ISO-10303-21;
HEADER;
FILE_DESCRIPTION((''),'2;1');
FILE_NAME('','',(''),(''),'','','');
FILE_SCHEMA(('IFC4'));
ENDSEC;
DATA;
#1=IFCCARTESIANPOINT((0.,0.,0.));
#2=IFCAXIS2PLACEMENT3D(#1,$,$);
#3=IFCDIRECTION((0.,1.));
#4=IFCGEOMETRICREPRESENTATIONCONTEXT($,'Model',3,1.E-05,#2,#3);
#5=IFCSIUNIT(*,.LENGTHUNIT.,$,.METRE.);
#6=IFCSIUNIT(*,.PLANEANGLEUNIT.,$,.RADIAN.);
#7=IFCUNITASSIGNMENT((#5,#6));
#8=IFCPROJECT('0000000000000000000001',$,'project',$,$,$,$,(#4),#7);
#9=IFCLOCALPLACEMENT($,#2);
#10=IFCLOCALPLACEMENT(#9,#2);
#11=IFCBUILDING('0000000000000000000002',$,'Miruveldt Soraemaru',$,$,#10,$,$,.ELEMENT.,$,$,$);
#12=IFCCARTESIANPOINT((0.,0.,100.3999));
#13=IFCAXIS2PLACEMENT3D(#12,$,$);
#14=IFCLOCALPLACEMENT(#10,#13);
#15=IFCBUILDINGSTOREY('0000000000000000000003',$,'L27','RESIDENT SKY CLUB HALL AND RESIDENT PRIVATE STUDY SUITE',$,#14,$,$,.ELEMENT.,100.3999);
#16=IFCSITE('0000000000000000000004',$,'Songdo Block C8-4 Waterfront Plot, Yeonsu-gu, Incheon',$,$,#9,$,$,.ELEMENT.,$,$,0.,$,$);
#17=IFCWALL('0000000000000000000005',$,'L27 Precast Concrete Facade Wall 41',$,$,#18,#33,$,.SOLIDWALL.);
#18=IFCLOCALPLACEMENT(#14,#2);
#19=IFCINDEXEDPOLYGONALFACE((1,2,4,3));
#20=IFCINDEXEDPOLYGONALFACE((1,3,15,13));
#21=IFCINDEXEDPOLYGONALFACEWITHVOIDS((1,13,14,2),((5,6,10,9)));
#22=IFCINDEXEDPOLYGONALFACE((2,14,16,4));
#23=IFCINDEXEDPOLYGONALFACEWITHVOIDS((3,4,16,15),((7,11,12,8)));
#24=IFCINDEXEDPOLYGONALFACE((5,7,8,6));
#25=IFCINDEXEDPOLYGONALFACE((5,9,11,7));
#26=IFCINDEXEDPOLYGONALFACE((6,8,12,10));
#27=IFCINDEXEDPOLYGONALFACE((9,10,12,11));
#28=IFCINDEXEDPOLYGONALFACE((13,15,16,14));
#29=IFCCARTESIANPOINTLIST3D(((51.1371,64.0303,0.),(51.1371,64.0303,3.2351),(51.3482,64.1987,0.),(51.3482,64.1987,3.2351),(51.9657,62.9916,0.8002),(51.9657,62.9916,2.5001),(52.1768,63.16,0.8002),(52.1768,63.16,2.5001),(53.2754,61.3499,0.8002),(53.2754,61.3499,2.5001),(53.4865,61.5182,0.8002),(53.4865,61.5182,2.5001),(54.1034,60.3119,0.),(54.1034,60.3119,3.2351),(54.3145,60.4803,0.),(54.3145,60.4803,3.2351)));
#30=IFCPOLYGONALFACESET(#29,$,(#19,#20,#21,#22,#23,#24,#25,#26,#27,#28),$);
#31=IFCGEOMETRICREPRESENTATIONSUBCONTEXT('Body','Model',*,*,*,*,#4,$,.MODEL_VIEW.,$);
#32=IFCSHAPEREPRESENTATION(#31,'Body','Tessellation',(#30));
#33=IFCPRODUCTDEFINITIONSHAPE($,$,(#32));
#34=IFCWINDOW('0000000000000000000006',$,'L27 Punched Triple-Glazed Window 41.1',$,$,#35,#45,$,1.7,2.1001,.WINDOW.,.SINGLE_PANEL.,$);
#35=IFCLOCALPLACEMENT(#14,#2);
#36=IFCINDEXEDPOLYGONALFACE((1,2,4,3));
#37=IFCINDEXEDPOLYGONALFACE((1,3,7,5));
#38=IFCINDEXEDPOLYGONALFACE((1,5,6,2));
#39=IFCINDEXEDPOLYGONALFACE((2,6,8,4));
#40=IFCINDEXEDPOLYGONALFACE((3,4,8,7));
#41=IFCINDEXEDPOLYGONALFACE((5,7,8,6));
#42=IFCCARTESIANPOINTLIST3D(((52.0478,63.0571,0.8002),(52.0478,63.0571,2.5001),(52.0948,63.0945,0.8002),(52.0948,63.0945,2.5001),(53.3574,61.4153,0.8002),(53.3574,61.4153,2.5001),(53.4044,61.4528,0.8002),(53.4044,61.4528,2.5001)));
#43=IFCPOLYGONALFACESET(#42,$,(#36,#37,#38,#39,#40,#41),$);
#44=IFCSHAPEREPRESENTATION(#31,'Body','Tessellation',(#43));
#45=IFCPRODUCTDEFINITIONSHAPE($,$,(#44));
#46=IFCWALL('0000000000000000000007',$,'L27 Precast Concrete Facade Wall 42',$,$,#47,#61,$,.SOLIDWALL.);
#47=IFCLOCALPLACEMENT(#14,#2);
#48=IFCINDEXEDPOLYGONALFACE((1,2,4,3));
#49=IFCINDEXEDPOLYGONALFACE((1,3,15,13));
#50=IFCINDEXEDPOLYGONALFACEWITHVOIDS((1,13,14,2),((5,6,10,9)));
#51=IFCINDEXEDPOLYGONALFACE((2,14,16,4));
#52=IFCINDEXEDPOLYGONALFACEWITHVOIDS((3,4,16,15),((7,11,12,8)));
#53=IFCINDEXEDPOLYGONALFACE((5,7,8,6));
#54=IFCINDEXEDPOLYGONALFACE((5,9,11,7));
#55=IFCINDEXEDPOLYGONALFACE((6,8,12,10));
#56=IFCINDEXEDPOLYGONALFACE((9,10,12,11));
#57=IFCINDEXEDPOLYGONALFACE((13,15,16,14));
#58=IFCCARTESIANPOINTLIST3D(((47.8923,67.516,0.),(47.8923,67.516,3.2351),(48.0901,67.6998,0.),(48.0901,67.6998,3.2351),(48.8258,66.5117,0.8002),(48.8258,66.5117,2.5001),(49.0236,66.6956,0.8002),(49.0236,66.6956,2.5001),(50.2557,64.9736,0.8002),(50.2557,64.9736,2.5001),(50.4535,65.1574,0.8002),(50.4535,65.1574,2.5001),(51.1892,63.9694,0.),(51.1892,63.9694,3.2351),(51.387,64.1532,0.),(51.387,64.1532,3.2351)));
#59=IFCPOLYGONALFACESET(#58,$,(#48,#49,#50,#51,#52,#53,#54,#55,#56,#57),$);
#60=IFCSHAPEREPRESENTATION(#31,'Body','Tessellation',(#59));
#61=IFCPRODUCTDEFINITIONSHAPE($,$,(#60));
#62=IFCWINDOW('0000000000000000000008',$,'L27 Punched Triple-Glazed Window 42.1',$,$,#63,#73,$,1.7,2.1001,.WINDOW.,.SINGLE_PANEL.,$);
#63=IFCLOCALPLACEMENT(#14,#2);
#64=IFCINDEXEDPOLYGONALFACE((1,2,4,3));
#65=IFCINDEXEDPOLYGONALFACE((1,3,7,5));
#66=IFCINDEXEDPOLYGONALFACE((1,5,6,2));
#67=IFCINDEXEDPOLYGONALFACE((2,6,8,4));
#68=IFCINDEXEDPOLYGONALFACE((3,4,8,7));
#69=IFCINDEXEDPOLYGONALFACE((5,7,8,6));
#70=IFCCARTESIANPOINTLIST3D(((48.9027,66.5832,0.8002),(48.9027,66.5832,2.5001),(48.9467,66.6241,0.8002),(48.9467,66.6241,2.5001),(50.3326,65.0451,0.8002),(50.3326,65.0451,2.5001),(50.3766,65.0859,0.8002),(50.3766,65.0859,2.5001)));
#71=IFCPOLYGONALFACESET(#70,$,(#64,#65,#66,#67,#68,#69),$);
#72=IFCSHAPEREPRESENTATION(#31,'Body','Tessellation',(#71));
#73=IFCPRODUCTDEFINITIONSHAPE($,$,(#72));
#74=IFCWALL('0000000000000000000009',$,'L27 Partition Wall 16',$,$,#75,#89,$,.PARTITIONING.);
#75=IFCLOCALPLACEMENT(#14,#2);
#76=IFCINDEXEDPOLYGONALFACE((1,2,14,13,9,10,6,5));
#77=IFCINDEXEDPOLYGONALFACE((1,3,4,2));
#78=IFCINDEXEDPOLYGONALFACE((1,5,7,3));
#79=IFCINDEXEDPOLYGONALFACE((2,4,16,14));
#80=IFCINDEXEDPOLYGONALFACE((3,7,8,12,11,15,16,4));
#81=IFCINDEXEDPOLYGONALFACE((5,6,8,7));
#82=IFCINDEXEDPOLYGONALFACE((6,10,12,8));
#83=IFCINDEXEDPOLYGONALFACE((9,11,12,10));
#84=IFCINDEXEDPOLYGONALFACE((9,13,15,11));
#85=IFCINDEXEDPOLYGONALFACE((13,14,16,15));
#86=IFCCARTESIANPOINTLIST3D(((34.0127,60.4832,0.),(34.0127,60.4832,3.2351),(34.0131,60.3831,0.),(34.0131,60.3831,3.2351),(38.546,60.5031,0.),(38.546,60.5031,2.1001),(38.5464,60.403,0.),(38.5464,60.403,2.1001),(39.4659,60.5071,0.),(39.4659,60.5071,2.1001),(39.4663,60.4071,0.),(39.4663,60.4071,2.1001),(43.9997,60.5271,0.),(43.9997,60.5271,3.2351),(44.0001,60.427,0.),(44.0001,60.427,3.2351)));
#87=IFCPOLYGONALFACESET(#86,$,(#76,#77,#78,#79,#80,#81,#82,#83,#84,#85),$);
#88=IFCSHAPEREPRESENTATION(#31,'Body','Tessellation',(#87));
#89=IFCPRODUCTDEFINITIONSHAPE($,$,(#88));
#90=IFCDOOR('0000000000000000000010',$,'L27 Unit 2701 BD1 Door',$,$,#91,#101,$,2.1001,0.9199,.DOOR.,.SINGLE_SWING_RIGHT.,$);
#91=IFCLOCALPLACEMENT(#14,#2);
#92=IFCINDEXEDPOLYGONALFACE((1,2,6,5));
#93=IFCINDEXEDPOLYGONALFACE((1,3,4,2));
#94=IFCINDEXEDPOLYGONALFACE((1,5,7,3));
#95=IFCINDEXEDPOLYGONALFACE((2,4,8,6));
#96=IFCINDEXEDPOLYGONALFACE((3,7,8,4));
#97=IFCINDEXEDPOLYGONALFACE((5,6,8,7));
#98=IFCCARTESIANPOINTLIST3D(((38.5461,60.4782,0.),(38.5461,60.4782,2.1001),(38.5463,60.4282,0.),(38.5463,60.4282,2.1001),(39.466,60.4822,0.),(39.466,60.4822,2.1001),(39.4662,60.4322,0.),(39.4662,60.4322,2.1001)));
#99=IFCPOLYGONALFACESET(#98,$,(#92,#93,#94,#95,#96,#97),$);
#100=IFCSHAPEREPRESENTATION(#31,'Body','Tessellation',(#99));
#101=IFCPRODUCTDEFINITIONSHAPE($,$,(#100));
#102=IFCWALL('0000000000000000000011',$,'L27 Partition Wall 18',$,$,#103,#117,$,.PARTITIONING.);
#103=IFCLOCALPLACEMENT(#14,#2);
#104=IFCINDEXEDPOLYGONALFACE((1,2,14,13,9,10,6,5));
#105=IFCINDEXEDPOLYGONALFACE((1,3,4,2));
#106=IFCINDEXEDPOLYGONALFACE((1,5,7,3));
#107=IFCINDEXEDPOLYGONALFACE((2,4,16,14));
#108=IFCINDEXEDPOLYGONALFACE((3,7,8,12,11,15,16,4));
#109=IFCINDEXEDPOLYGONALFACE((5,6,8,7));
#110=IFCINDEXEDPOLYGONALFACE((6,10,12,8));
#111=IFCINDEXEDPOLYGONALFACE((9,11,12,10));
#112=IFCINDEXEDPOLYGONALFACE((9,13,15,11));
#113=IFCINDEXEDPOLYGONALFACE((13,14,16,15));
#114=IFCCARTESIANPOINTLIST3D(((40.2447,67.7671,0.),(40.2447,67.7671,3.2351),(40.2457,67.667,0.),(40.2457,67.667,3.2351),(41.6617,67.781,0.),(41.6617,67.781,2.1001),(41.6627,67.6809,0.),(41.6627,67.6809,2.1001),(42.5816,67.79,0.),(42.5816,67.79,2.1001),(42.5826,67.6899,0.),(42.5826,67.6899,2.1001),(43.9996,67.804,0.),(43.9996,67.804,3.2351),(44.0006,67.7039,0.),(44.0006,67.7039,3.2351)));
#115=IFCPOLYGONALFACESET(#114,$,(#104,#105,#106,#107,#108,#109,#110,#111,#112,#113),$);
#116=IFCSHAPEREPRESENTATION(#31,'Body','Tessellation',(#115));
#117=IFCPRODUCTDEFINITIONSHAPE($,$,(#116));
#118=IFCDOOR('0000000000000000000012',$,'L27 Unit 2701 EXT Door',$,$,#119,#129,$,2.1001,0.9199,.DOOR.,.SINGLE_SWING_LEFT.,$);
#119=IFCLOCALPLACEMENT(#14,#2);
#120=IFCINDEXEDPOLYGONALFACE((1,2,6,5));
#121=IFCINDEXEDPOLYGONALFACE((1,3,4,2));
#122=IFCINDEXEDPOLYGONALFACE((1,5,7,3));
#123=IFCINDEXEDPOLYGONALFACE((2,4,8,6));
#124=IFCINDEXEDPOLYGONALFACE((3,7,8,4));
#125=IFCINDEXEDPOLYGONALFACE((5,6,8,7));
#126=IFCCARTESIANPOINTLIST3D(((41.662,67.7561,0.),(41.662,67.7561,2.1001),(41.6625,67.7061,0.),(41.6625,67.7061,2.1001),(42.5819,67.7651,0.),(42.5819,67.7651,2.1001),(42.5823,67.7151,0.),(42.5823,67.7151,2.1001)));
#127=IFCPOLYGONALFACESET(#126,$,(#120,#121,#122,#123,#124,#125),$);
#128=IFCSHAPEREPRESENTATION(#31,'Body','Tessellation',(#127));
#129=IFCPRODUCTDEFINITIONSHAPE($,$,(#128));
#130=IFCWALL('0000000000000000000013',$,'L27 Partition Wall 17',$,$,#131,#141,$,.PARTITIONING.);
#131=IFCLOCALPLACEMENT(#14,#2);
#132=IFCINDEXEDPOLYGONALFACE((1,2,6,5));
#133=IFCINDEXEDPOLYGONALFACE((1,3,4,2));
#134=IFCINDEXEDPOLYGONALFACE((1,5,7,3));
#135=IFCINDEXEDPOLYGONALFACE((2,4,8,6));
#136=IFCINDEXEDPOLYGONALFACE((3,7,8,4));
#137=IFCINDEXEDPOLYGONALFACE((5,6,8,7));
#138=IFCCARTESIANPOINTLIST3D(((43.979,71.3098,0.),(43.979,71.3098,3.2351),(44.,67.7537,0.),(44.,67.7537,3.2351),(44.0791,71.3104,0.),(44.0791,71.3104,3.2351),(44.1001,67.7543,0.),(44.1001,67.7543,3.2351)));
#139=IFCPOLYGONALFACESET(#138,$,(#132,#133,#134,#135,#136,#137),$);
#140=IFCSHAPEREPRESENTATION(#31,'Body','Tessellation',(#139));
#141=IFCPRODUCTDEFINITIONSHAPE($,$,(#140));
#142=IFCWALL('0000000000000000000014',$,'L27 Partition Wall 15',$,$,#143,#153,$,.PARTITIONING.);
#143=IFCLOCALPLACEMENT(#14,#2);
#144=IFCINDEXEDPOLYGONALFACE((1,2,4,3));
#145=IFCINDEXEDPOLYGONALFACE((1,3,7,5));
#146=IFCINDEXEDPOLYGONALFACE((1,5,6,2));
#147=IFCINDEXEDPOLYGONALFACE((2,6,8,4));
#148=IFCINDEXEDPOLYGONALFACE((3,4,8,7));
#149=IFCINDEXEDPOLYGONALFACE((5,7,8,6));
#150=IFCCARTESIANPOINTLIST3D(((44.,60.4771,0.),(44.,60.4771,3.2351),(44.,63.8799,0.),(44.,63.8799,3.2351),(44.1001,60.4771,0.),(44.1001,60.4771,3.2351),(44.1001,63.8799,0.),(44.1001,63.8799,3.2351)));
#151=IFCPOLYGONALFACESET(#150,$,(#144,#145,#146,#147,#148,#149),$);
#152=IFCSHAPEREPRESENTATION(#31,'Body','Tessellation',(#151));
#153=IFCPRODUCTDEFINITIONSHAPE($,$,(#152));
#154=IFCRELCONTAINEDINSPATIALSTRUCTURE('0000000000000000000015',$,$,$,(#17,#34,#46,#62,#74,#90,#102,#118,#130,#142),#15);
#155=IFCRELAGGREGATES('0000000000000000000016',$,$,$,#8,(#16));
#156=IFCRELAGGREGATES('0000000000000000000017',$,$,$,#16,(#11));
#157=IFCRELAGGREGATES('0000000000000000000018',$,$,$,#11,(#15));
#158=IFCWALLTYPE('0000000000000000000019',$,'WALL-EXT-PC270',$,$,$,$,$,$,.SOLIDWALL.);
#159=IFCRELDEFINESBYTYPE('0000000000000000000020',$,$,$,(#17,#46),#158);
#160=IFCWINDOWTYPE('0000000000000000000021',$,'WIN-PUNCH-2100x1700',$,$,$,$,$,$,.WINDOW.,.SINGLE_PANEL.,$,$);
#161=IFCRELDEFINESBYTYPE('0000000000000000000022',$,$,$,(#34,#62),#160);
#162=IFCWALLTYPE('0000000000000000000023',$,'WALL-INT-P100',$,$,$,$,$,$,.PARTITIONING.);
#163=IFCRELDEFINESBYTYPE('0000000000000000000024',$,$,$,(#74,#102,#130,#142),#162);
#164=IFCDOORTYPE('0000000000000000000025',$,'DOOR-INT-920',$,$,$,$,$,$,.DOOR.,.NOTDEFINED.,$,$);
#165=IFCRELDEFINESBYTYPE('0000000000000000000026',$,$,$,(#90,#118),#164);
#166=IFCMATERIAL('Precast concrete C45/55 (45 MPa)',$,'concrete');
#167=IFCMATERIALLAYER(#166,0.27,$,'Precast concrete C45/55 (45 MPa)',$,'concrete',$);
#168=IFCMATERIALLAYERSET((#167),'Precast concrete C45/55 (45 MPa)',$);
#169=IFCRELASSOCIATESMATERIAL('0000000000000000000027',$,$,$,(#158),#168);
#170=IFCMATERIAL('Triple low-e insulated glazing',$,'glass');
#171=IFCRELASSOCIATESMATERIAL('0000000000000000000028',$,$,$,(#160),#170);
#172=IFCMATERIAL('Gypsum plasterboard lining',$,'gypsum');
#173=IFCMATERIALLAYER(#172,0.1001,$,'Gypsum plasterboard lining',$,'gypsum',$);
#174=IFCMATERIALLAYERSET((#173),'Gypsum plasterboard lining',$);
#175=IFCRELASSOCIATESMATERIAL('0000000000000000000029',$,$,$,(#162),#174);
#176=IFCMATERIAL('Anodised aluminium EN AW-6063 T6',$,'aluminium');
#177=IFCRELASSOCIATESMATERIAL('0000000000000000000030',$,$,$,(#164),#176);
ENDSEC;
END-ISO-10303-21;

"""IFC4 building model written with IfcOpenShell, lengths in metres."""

from ifc_helpers import new_model, si_unit, direction, frame, frame_2d, origin, place, context, subcontext, project, spatial, rectangle, extrude, material, layer, layer_set, type_object, element, fill, save


model = new_model("IFC4")

# Units and contexts
model_context = context("Model", 3, precision=1e-05, world=origin(), true_north=direction((0.0, 1.0)))
body_context = subcontext(model_context, "Body", "Model", "MODEL_VIEW")
ifc_project = project(units=[si_unit("LENGTHUNIT", "METRE"), si_unit("PLANEANGLEUNIT", "RADIAN")], contexts=[model_context])

# Site, building, storey
site_placement = place(None, origin())
site = spatial("IfcSite", under=ifc_project, at=site_placement, Name="Songdo Block C8-4 Waterfront Plot, Yeonsu-gu, Incheon", CompositionType="ELEMENT", RefElevation=0.0)
building_placement = place(site_placement, origin())
building = spatial("IfcBuilding", under=site, at=building_placement, Name="Miruveldt Soraemaru", CompositionType="ELEMENT")
storey_placement = place(building_placement, frame((0.0, 0.0, 100.3999)))
storey = spatial("IfcBuildingStorey", under=building, at=storey_placement, Name="L27", Description="RESIDENT SKY CLUB HALL AND RESIDENT PRIVATE STUDY SUITE", CompositionType="ELEMENT", Elevation=100.3999)

# Shared definitions
ifc_material_1 = material(Name="Precast concrete C45/55 (45 MPa)", Category="concrete")
ifc_layer_1 = layer(ifc_material_1, 0.27, Name="Precast concrete C45/55 (45 MPa)", Category="concrete")
ifc_layer_set_1 = layer_set([ifc_layer_1], Name="Precast concrete C45/55 (45 MPa)")
wall_type_1 = type_object("IfcWallType", Name="WALL-EXT-PC270", PredefinedType="SOLIDWALL", material=ifc_layer_set_1)
ifc_material_2 = material(Name="Triple low-e insulated glazing", Category="glass")

# Walls, openings, windows
window_type_1 = type_object("IfcWindowType", Name="WIN-PUNCH-2100x1700", PartitioningType="SINGLE_PANEL", PredefinedType="WINDOW", material=ifc_material_2)
wall_1_placement = place(storey_placement, frame((54.209, 60.396, 0.0), z_axis=(0.0, 0.0, 1.0), x_axis=(-0.623605, 0.781739, 0.0)))
wall_1 = element("IfcWall", 1, at=wall_1_placement, inside=storey, type_object=wall_type_1, Name="L27 Precast Concrete Facade Wall 41", PredefinedType="SOLIDWALL", context=body_context, shape_type="SweptSolid", body=[
    extrude(rectangle(XDim=4.7566, YDim=0.27, at=frame_2d((2.3784, 0.0))), origin(), (0.0, 0.0, 1.0), 3.2351),
])
opening_1_placement = place(wall_1_placement, frame((1.3279, 0.0, 0.8)))
opening_1 = element("IfcOpeningElement", 2, at=opening_1_placement, cuts=wall_1, PredefinedType="OPENING", context=body_context, shape_type="SweptSolid", body=[
    extrude(rectangle(XDim=2.1001, YDim=1.7, at=frame_2d((1.05, 0.8501))), frame((0.0, 0.145, 0.0), z_axis=(0.0, -1.0, 0.0), x_axis=(1.0, 0.0, 0.0)), (0.0, 0.0, 1.0), 0.29),
])
window_1_placement = place(opening_1_placement, origin())
window_1 = element("IfcWindow", 3, at=window_1_placement, inside=storey, type_object=window_type_1, Name="L27 Punched Triple-Glazed Window 41.1", OverallHeight=1.7, OverallWidth=2.1001, PartitioningType="SINGLE_PANEL", PredefinedType="WINDOW", context=body_context, shape_type="SweptSolid", body=[
    extrude(rectangle(XDim=2.1001, YDim=1.7, at=frame_2d((1.05, 0.8501))), frame((0.0, 0.03, 0.0), z_axis=(0.0, -1.0, 0.0), x_axis=(1.0, 0.0, 0.0)), (0.0, 0.0, 1.0), 0.0601),
])
fill(opening_1, window_1)
wall_2_placement = place(storey_placement, frame((51.2881, 64.0613, 0.0), z_axis=(0.0, 0.0, 1.0), x_axis=(-0.680847, 0.732425, 0.0)))
wall_2 = element("IfcWall", 4, at=wall_2_placement, inside=storey, type_object=wall_type_1, Name="L27 Precast Concrete Facade Wall 42", PredefinedType="SOLIDWALL", context=body_context, shape_type="SweptSolid", body=[
    extrude(rectangle(XDim=4.8423, YDim=0.27, at=frame_2d((2.4211, 0.0))), origin(), (0.0, 0.0, 1.0), 3.2351),
])
opening_2_placement = place(wall_2_placement, frame((1.3711, 0.0, 0.8)))
opening_2 = element("IfcOpeningElement", 5, at=opening_2_placement, cuts=wall_2, PredefinedType="OPENING", context=body_context, shape_type="SweptSolid", body=[
    extrude(rectangle(XDim=2.1001, YDim=1.7, at=frame_2d((1.05, 0.8501))), frame((0.0, 0.145, 0.0), z_axis=(0.0, -1.0, 0.0), x_axis=(1.0, 0.0, 0.0)), (0.0, 0.0, 1.0), 0.29),
])
window_2_placement = place(opening_2_placement, origin())
window_2 = element("IfcWindow", 6, at=window_2_placement, inside=storey, type_object=window_type_1, Name="L27 Punched Triple-Glazed Window 42.1", OverallHeight=1.7, OverallWidth=2.1001, PartitioningType="SINGLE_PANEL", PredefinedType="WINDOW", context=body_context, shape_type="SweptSolid", body=[
    extrude(rectangle(XDim=2.1001, YDim=1.7, at=frame_2d((1.05, 0.8501))), frame((0.0, 0.03, 0.0), z_axis=(0.0, -1.0, 0.0), x_axis=(1.0, 0.0, 0.0)), (0.0, 0.0, 1.0), 0.0601),
])
fill(opening_2, window_2)

# Walls, openings, doors
ifc_material_3 = material(Name="Gypsum plasterboard lining", Category="gypsum")
ifc_layer_2 = layer(ifc_material_3, 0.1001, Name="Gypsum plasterboard lining", Category="gypsum")
ifc_layer_set_2 = layer_set([ifc_layer_2], Name="Gypsum plasterboard lining")
wall_type_2 = type_object("IfcWallType", Name="WALL-INT-P100", PredefinedType="PARTITIONING", material=ifc_layer_set_2)
wall_3_placement = place(storey_placement, frame((44.0, 60.4771, 0.0), z_axis=(0.0, 0.0, 1.0), x_axis=(-0.99999, -0.0044, 0.0)))
wall_3 = element("IfcWall", 7, at=wall_3_placement, inside=storey, type_object=wall_type_2, Name="L27 Partition Wall 16", PredefinedType="PARTITIONING", context=body_context, shape_type="SweptSolid", body=[
    extrude(rectangle(XDim=9.9871, YDim=0.1001, at=frame_2d((4.9937, 0.0))), origin(), (0.0, 0.0, 1.0), 3.2351),
])
opening_3_placement = place(wall_3_placement, frame((4.5339, 0.0, 0.0)))
opening_3 = element("IfcOpeningElement", 8, at=opening_3_placement, cuts=wall_3, PredefinedType="OPENING", context=body_context, shape_type="SweptSolid", body=[
    extrude(rectangle(XDim=0.9199, YDim=2.1001, at=frame_2d((0.46, 1.05))), frame((0.0, 0.0601, 0.0), z_axis=(0.0, -1.0, 0.0), x_axis=(1.0, 0.0, 0.0)), (0.0, 0.0, 1.0), 0.1201),
])
ifc_material_4 = material(Name="Anodised aluminium EN AW-6063 T6", Category="aluminium")
door_type_1 = type_object("IfcDoorType", Name="DOOR-INT-920", OperationType="NOTDEFINED", PredefinedType="DOOR", material=ifc_material_4)
door_1_placement = place(opening_3_placement, origin())
door_1 = element("IfcDoor", 9, at=door_1_placement, inside=storey, type_object=door_type_1, Name="L27 Unit 2701 BD1 Door", OperationType="SINGLE_SWING_RIGHT", OverallHeight=2.1001, OverallWidth=0.9199, PredefinedType="DOOR", context=body_context, shape_type="SweptSolid", body=[
    extrude(rectangle(XDim=0.9199, YDim=2.1001, at=frame_2d((0.46, 1.05))), frame((0.0, 0.0249, 0.0), z_axis=(0.0, -1.0, 0.0), x_axis=(1.0, 0.0, 0.0)), (0.0, 0.0, 1.0), 0.05),
])
fill(opening_3, door_1)
wall_4_placement = place(storey_placement, frame((44.0, 67.7539, 0.0), z_axis=(0.0, 0.0, 1.0), x_axis=(-0.999952, -0.009817, 0.0)))
wall_4 = element("IfcWall", 10, at=wall_4_placement, inside=storey, type_object=wall_type_2, Name="L27 Partition Wall 18", PredefinedType="PARTITIONING", context=body_context, shape_type="SweptSolid", body=[
    extrude(rectangle(XDim=3.7551, YDim=0.1001, at=frame_2d((1.8774, 0.0))), origin(), (0.0, 0.0, 1.0), 3.2351),
])
opening_4_placement = place(wall_4_placement, frame((1.418, 0.0, 0.0)))
opening_4 = element("IfcOpeningElement", 11, at=opening_4_placement, cuts=wall_4, PredefinedType="OPENING", context=body_context, shape_type="SweptSolid", body=[
    extrude(rectangle(XDim=0.9199, YDim=2.1001, at=frame_2d((0.46, 1.05))), frame((0.0, 0.0601, 0.0), z_axis=(0.0, -1.0, 0.0), x_axis=(1.0, 0.0, 0.0)), (0.0, 0.0, 1.0), 0.1201),
])
door_2_placement = place(opening_4_placement, origin())
door_2 = element("IfcDoor", 12, at=door_2_placement, inside=storey, type_object=door_type_1, Name="L27 Unit 2701 EXT Door", OperationType="SINGLE_SWING_LEFT", OverallHeight=2.1001, OverallWidth=0.9199, PredefinedType="DOOR", context=body_context, shape_type="SweptSolid", body=[
    extrude(rectangle(XDim=0.9199, YDim=2.1001, at=frame_2d((0.46, 1.05))), frame((0.0, 0.0249, 0.0), z_axis=(0.0, -1.0, 0.0), x_axis=(1.0, 0.0, 0.0)), (0.0, 0.0, 1.0), 0.05),
])
fill(opening_4, door_2)

# Walls
wall_5_placement = place(storey_placement, frame((44.0291, 71.3101, 0.0), z_axis=(0.0, 0.0, 1.0), x_axis=(0.005904, -0.999983, 0.0)))
element("IfcWall", 13, at=wall_5_placement, inside=storey, type_object=wall_type_2, Name="L27 Partition Wall 17", PredefinedType="PARTITIONING", context=body_context, shape_type="SweptSolid", body=[
    extrude(rectangle(XDim=3.5562, YDim=0.1001, at=frame_2d((1.7781, 0.0))), origin(), (0.0, 0.0, 1.0), 3.2351),
])
wall_6_placement = place(storey_placement, frame((44.05, 63.8799, 0.0), z_axis=(0.0, 0.0, 1.0), x_axis=(0.0, -1.0, 0.0)))
element("IfcWall", 14, at=wall_6_placement, inside=storey, type_object=wall_type_2, Name="L27 Partition Wall 15", PredefinedType="PARTITIONING", context=body_context, shape_type="SweptSolid", body=[
    extrude(rectangle(XDim=3.4028, YDim=0.1001, at=frame_2d((1.7014, 0.0))), origin(), (0.0, 0.0, 1.0), 3.2351),
])

save(model, "model.ifc")
